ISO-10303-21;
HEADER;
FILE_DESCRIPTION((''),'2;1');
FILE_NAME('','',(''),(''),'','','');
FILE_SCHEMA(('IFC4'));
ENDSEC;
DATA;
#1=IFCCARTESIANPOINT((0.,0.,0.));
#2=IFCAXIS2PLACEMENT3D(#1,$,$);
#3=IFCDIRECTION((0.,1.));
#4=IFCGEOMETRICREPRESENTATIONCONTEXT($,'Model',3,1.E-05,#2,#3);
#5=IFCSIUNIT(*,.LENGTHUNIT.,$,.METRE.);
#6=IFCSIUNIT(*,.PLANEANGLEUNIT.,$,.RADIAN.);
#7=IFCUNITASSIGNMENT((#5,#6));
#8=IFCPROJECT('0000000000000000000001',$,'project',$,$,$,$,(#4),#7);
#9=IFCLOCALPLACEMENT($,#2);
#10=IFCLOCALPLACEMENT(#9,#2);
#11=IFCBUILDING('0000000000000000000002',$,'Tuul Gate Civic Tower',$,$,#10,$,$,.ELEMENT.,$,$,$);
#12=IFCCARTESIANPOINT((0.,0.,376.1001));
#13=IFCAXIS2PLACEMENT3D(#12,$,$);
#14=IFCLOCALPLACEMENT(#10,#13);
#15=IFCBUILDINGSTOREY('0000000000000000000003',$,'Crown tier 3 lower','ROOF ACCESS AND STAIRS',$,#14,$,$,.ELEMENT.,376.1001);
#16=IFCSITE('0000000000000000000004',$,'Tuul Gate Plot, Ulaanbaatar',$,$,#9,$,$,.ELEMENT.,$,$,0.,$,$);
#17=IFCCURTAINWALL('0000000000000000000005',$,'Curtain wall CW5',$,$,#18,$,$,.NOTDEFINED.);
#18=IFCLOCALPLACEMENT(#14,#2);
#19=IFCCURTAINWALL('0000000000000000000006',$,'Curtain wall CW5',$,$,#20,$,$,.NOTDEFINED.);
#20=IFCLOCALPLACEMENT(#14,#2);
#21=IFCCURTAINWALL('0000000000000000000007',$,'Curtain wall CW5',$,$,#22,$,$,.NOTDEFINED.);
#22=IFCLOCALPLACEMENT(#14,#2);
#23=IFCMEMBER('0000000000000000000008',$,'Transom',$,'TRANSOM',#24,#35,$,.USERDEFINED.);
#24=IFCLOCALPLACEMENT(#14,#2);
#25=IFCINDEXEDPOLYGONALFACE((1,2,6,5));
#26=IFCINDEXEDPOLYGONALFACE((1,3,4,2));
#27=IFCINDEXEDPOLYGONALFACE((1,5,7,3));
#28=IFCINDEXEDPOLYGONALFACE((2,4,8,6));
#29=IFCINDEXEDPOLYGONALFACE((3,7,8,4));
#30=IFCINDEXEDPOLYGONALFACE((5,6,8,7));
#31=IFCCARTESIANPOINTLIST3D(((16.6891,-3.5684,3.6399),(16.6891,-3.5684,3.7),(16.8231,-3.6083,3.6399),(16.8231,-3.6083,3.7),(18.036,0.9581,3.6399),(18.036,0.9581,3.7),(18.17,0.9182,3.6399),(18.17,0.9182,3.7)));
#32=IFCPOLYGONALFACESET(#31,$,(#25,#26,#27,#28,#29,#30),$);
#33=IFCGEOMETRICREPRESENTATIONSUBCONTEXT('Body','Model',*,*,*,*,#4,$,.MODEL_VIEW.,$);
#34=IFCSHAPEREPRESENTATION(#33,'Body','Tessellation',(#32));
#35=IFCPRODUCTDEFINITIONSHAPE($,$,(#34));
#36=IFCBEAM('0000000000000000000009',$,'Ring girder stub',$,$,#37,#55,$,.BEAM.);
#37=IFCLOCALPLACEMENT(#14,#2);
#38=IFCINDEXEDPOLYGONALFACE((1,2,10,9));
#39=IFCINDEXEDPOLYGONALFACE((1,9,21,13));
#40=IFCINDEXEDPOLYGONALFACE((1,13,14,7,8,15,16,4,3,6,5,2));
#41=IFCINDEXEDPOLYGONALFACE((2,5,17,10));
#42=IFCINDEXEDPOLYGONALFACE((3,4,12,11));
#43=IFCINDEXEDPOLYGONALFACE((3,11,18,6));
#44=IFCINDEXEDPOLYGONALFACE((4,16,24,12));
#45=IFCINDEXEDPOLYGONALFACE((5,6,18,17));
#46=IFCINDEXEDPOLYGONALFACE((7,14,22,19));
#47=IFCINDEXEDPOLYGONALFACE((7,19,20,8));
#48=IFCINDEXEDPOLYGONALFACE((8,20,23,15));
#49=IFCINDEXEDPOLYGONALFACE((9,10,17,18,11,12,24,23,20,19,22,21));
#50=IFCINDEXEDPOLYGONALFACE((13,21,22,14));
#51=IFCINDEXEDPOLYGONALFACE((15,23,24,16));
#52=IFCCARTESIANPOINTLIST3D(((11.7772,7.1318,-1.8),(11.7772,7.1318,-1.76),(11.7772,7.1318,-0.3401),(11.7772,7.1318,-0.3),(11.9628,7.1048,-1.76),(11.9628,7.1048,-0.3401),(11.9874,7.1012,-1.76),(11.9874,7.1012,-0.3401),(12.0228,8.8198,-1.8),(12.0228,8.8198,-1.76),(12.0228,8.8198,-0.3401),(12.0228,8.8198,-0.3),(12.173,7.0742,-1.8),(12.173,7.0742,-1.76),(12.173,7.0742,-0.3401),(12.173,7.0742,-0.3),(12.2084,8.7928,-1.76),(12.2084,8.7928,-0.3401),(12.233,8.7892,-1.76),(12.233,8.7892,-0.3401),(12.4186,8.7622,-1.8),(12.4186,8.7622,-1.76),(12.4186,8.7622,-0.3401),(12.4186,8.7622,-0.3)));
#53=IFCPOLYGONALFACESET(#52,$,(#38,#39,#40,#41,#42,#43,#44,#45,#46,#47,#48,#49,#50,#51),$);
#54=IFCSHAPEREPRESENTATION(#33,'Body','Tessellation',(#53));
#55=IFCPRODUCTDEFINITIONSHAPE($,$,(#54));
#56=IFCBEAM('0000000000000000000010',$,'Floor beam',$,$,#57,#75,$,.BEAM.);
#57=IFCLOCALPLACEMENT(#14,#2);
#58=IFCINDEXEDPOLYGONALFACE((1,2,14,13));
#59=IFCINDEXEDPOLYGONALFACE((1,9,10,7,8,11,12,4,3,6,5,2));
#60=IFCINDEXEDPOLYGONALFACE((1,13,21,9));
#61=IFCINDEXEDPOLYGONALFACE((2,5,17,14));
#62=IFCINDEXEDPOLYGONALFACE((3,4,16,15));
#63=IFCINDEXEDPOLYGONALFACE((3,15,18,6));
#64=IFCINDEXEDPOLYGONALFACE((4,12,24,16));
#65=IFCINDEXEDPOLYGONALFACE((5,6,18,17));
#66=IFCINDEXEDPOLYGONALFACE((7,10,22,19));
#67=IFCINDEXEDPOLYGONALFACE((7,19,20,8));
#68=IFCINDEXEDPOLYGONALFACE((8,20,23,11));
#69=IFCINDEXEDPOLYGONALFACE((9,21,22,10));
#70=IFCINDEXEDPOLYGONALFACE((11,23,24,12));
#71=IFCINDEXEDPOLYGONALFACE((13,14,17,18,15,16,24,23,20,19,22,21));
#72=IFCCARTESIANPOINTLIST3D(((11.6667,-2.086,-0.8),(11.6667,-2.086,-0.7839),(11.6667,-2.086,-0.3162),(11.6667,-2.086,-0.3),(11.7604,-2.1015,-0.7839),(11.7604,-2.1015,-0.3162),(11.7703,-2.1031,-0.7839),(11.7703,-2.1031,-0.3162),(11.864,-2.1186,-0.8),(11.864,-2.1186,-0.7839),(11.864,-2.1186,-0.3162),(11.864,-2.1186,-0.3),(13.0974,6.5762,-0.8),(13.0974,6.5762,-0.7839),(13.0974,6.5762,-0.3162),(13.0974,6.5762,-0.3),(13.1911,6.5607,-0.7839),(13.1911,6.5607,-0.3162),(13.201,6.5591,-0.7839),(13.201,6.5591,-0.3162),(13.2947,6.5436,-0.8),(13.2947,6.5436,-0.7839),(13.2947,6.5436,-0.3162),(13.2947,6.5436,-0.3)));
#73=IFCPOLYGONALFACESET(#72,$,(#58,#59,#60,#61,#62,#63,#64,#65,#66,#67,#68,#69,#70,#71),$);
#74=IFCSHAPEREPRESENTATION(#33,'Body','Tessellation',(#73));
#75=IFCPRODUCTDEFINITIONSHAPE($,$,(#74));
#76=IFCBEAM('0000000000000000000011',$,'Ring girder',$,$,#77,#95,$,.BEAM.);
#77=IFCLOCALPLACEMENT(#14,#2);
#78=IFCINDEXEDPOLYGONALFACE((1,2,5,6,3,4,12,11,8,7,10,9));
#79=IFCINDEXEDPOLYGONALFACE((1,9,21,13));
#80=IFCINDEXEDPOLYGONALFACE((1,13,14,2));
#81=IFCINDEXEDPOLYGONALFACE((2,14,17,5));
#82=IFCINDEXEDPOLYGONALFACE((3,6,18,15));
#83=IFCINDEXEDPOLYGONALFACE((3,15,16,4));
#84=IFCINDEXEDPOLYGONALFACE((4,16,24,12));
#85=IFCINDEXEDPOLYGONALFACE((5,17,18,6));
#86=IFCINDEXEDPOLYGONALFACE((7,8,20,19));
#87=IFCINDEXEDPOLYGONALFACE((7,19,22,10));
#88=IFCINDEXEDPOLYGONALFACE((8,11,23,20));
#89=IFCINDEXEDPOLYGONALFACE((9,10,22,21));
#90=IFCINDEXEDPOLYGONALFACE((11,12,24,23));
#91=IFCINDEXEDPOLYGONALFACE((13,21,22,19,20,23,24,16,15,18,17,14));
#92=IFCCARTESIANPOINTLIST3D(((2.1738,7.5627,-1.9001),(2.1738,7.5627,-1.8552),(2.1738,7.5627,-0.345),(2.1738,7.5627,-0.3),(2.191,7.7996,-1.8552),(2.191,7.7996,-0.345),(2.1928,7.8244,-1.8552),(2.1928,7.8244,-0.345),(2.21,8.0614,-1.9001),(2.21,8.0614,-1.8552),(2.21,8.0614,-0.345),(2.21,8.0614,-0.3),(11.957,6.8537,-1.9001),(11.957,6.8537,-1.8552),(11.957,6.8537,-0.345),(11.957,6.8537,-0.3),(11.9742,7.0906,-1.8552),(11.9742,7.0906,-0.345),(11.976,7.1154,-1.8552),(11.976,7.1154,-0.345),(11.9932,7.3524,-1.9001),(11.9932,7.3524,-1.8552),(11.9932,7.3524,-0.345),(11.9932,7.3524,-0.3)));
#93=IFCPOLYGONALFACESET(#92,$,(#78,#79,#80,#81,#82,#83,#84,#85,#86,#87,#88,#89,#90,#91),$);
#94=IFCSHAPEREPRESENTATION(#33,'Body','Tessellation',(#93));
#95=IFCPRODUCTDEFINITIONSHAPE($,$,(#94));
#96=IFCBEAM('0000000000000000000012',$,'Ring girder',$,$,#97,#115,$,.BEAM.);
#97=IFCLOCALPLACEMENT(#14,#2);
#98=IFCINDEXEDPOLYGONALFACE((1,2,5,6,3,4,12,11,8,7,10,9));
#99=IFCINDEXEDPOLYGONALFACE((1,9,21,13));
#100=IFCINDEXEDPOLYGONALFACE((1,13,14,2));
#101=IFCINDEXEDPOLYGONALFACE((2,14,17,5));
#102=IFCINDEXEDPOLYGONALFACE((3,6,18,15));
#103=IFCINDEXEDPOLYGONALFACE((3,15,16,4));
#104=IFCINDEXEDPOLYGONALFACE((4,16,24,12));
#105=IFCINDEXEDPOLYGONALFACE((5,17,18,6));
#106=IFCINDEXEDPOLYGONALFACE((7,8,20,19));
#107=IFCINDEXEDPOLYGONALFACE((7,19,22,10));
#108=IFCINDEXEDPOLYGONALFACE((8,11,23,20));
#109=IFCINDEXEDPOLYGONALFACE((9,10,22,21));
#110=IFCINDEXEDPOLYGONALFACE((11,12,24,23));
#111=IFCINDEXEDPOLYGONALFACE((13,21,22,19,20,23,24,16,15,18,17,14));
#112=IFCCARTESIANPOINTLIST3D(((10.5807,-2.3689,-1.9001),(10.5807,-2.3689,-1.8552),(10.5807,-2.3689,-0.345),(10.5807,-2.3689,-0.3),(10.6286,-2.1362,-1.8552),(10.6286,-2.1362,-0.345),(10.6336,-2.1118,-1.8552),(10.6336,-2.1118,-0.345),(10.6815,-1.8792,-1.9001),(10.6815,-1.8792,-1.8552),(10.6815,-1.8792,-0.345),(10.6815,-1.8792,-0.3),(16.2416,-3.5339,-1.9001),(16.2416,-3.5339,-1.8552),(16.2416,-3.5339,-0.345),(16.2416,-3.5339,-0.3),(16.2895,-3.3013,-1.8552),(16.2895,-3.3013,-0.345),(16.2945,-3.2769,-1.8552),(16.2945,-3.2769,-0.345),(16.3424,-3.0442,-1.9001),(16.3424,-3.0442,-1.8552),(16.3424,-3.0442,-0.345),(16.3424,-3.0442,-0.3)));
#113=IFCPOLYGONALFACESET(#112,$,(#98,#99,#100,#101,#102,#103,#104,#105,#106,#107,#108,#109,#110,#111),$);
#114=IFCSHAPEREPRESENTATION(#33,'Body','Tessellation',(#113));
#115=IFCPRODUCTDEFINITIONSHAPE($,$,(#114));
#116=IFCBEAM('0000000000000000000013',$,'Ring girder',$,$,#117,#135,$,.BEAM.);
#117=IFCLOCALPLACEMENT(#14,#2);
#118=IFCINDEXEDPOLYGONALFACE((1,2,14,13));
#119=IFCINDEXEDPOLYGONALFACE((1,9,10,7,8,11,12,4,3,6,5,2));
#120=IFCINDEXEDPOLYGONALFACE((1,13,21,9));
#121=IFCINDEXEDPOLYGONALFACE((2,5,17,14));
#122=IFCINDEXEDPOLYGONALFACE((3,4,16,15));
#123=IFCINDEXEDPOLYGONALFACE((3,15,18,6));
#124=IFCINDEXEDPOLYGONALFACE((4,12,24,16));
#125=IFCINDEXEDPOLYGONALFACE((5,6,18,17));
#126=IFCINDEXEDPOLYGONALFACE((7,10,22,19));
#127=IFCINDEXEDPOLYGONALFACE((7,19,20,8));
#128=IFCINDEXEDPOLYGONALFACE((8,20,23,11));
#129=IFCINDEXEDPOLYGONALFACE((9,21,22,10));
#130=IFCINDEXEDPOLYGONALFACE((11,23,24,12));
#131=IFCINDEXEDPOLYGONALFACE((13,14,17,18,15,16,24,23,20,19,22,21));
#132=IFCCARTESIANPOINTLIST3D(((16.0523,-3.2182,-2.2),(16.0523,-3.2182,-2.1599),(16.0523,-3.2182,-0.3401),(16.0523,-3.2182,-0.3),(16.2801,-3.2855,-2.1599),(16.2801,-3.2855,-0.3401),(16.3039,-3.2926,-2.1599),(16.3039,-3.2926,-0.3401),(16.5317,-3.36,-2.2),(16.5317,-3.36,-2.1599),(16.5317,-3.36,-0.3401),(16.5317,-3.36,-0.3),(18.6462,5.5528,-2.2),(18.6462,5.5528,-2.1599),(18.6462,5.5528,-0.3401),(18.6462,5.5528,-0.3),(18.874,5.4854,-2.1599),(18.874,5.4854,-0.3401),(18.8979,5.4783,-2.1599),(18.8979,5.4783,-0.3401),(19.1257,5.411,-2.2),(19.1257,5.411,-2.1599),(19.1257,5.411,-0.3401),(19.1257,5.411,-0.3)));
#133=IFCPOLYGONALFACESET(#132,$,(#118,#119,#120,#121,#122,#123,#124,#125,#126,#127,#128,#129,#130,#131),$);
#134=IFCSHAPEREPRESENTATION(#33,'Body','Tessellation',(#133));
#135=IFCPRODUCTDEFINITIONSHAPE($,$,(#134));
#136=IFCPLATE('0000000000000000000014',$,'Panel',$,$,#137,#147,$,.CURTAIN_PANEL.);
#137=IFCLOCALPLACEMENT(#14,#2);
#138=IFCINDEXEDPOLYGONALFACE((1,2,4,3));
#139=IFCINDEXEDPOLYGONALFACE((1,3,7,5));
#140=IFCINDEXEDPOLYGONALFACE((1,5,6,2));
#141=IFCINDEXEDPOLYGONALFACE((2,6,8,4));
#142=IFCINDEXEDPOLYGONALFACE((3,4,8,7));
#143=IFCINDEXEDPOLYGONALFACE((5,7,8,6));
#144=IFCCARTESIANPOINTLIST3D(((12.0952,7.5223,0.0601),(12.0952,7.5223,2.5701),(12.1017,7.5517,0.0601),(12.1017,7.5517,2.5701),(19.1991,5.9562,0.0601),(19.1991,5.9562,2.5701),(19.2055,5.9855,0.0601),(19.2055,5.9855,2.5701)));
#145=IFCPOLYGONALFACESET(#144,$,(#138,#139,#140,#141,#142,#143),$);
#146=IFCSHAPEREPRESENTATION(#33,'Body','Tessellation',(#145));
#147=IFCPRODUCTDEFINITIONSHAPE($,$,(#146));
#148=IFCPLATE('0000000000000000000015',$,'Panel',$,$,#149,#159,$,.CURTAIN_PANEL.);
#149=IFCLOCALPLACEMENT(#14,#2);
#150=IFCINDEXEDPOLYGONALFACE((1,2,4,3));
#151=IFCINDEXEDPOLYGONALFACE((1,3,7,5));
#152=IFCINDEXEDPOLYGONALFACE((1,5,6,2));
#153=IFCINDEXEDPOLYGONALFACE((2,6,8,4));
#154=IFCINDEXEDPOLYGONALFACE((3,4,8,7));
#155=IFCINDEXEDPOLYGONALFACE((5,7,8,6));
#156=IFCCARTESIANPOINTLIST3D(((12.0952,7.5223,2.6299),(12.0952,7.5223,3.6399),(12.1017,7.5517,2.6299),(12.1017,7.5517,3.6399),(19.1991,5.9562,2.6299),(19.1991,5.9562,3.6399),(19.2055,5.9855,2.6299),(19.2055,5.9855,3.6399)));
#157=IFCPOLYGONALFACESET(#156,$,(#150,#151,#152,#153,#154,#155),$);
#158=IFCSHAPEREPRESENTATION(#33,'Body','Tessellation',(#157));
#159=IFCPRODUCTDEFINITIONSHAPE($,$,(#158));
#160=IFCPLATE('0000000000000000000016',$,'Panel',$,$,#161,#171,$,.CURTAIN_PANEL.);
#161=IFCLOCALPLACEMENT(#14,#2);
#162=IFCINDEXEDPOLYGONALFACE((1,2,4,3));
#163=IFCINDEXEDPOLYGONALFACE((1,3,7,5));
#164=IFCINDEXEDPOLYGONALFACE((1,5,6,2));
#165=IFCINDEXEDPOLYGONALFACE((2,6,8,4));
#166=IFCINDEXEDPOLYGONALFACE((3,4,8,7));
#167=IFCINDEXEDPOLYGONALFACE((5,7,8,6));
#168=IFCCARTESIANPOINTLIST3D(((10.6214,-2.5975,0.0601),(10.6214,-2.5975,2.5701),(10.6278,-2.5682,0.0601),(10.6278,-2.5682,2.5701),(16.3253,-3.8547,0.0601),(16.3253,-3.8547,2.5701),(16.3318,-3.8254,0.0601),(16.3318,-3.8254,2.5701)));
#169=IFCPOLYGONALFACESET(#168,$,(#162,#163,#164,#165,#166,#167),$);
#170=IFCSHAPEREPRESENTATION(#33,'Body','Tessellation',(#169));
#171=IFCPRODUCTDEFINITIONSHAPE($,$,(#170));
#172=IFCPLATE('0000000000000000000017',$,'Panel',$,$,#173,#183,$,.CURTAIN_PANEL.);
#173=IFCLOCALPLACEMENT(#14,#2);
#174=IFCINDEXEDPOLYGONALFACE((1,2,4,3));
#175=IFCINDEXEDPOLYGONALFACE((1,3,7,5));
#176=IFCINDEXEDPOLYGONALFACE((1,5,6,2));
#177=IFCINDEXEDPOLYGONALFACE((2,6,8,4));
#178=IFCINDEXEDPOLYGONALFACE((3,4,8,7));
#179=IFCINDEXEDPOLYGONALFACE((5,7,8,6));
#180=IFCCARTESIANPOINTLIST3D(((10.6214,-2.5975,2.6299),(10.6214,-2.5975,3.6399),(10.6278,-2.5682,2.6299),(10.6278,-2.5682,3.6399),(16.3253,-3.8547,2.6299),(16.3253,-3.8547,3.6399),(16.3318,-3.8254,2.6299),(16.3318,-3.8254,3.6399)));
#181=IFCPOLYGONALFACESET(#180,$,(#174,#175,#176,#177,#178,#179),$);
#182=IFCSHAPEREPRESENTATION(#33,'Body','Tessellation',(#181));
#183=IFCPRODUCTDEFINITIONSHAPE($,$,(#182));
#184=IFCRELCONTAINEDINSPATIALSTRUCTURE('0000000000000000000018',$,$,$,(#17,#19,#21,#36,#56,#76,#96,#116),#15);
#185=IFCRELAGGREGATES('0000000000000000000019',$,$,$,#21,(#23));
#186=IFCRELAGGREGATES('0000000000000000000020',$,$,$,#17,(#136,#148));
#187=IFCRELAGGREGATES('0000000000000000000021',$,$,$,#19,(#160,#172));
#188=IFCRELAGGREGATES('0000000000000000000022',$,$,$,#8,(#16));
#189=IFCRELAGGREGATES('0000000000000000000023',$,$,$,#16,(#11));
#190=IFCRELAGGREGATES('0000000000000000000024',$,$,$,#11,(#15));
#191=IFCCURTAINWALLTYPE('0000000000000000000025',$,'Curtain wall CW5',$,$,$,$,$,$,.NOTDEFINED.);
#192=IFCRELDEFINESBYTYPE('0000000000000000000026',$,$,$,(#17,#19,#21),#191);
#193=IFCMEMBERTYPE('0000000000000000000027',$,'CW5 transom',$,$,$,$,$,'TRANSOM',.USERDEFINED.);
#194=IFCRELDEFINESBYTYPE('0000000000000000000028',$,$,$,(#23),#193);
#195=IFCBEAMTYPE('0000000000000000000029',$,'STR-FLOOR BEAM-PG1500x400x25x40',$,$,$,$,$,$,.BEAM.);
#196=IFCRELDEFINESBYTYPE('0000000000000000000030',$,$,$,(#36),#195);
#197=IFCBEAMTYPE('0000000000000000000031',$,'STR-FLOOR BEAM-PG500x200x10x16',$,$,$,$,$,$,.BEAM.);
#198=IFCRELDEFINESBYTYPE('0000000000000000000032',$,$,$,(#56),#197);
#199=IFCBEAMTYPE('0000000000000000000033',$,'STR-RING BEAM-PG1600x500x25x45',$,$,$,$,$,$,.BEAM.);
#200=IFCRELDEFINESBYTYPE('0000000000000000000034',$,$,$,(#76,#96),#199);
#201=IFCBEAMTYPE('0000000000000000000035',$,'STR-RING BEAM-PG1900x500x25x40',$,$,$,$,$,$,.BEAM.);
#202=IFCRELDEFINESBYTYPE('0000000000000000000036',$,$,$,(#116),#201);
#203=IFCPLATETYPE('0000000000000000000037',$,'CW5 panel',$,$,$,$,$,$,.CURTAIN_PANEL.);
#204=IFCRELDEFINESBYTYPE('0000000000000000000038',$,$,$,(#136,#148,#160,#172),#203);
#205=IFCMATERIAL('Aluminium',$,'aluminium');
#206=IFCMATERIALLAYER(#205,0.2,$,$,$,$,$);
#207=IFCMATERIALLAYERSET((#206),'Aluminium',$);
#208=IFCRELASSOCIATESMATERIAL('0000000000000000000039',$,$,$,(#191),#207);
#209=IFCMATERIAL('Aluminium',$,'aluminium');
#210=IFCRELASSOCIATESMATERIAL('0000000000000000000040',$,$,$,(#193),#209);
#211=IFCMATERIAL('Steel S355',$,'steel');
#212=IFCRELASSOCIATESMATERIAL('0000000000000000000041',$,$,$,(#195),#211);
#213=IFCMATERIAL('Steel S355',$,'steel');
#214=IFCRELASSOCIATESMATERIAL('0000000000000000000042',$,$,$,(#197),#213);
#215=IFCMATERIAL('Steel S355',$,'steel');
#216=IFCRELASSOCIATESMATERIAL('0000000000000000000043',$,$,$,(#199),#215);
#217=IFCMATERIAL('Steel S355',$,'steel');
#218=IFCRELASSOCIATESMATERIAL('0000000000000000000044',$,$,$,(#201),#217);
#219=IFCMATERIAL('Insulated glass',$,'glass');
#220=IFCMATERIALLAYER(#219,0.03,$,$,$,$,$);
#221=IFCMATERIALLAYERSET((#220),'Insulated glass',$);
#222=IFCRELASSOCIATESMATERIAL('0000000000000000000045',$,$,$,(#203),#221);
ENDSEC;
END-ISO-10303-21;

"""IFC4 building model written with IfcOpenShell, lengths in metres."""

from ifc_helpers import new_model, si_unit, direction, frame, origin, origin_2d, place, context, subcontext, project, spatial, rectangle, i_section, extrude, material, layer, layer_set, material_profile, profile_set, type_object, element, aggregate, save


model = new_model("IFC4")

# Units and contexts
model_context = context("Model", 3, precision=1e-05, world=origin(), true_north=direction((0.0, 1.0)))
body_context = subcontext(model_context, "Body", "Model", "MODEL_VIEW")
ifc_project = project(units=[si_unit("LENGTHUNIT", "METRE"), si_unit("PLANEANGLEUNIT", "RADIAN")], contexts=[model_context])

# Site, building, storey
site_placement = place(None, origin())
site = spatial("IfcSite", under=ifc_project, at=site_placement, Name="Tuul Gate Plot, Ulaanbaatar", CompositionType="ELEMENT", RefElevation=0.0)
building_placement = place(site_placement, origin())
building = spatial("IfcBuilding", under=site, at=building_placement, Name="Tuul Gate Civic Tower", CompositionType="ELEMENT")
storey_placement = place(building_placement, frame((0.0, 0.0, 376.1001)))
storey = spatial("IfcBuildingStorey", under=building, at=storey_placement, Name="Crown tier 3 lower", Description="ROOF ACCESS AND STAIRS", CompositionType="ELEMENT", Elevation=376.1001)

# Curtain walls
ifc_material_1 = material(Name="Aluminium", Category="aluminium")
ifc_layer_1 = layer(ifc_material_1, 0.2)
ifc_layer_set_1 = layer_set([ifc_layer_1], Name="Aluminium")
curtain_wall_type = type_object("IfcCurtainWallType", Name="Curtain wall CW5", PredefinedType="NOTDEFINED", material=ifc_layer_set_1)
curtain_wall_1_placement = place(storey_placement, origin())
curtain_wall_1 = element("IfcCurtainWall", 1, at=curtain_wall_1_placement, inside=storey, type_object=curtain_wall_type, Name="Curtain wall CW5", PredefinedType="NOTDEFINED")
curtain_wall_2_placement = place(storey_placement, origin())
curtain_wall_2 = element("IfcCurtainWall", 2, at=curtain_wall_2_placement, inside=storey, type_object=curtain_wall_type, Name="Curtain wall CW5", PredefinedType="NOTDEFINED")
curtain_wall_3_placement = place(storey_placement, origin())
curtain_wall_3 = element("IfcCurtainWall", 3, at=curtain_wall_3_placement, inside=storey, type_object=curtain_wall_type, Name="Curtain wall CW5", PredefinedType="NOTDEFINED")

# Member
ifc_material_2 = material(Name="Aluminium", Category="aluminium")
ifc_material_profile_1 = material_profile(ifc_material_2, rectangle(XDim=0.1399, YDim=0.0601, at=origin_2d()), Name="CW5 transom")
ifc_profile_set_1 = profile_set([ifc_material_profile_1], Name="Aluminium")
member_type_1 = type_object("IfcMemberType", Name="CW5 transom", ElementType="TRANSOM", PredefinedType="USERDEFINED", material=ifc_profile_set_1)
member_1_placement = place(storey_placement, frame((16.7561, -3.5884, 3.6699), z_axis=(0.285199, 0.958468, 0.0), x_axis=(-0.958468, 0.285199, 0.0)))
member_1 = element("IfcMember", 4, at=member_1_placement, type_object=member_type_1, Name="Transom", ObjectType="TRANSOM", PredefinedType="USERDEFINED", context=body_context, shape_type="SweptSolid", body=[
    extrude(rectangle(XDim=0.1399, YDim=0.0601, at=origin_2d()), origin(), (0.0, 0.0, 1.0), 4.7227),
])
aggregate(curtain_wall_3, [member_1])

# Beams
ifc_material_3 = material(Name="Steel S355", Category="steel")
ifc_material_profile_2 = material_profile(ifc_material_3, i_section(OverallWidth=0.3999, OverallDepth=1.5, WebThickness=0.0249, FlangeThickness=0.04, at=origin_2d()), Name="PG1500x400x25x40")
ifc_profile_set_2 = profile_set([ifc_material_profile_2], Name="Steel S355")
beam_type_1 = type_object("IfcBeamType", Name="STR-FLOOR BEAM-PG1500x400x25x40", PredefinedType="BEAM", material=ifc_profile_set_2)
beam_1_placement = place(storey_placement, frame((12.2207, 8.791, -1.05), z_axis=(-0.143986, -0.98958, 0.0), x_axis=(0.98958, -0.143986, 0.0)))
element("IfcBeam", 5, at=beam_1_placement, inside=storey, type_object=beam_type_1, Name="Ring girder stub", PredefinedType="BEAM", context=body_context, shape_type="SweptSolid", body=[
    extrude(i_section(OverallWidth=0.3999, OverallDepth=1.5, WebThickness=0.0249, FlangeThickness=0.04, at=origin_2d()), origin(), (0.0, 0.0, 1.0), 1.7058),
])
ifc_material_4 = material(Name="Steel S355", Category="steel")
ifc_material_profile_3 = material_profile(ifc_material_4, i_section(OverallWidth=0.2, OverallDepth=0.5, WebThickness=0.01, FlangeThickness=0.0161, at=origin_2d()), Name="PG500x200x10x16")
ifc_profile_set_3 = profile_set([ifc_material_profile_3], Name="Steel S355")
beam_type_2 = type_object("IfcBeamType", Name="STR-FLOOR BEAM-PG500x200x10x16", PredefinedType="BEAM", material=ifc_profile_set_3)
beam_2_placement = place(storey_placement, frame((11.7654, -2.1023, -0.55), z_axis=(0.162956, 0.986633, 0.0), x_axis=(-0.986633, 0.162956, 0.0)))
element("IfcBeam", 6, at=beam_2_placement, inside=storey, type_object=beam_type_2, Name="Floor beam", PredefinedType="BEAM", context=body_context, shape_type="SweptSolid", body=[
    extrude(i_section(OverallWidth=0.2, OverallDepth=0.5, WebThickness=0.01, FlangeThickness=0.0161, at=origin_2d()), origin(), (0.0, 0.0, 1.0), 8.7795),
])
ifc_material_5 = material(Name="Steel S355", Category="steel")
ifc_material_profile_4 = material_profile(ifc_material_5, i_section(OverallWidth=0.5, OverallDepth=1.6001, WebThickness=0.0249, FlangeThickness=0.0449, at=origin_2d()), Name="PG1600x500x25x45")
ifc_profile_set_4 = profile_set([ifc_material_profile_4], Name="Steel S355")
beam_type_3 = type_object("IfcBeamType", Name="STR-RING BEAM-PG1600x500x25x45", PredefinedType="BEAM", material=ifc_profile_set_4)
beam_3_placement = place(storey_placement, frame((11.9751, 7.103, -1.1001), z_axis=(-0.997384, 0.07228, 0.0), x_axis=(-0.07228, -0.997384, 0.0)))
element("IfcBeam", 7, at=beam_3_placement, inside=storey, type_object=beam_type_3, Name="Ring girder", PredefinedType="BEAM", context=body_context, shape_type="SweptSolid", body=[
    extrude(i_section(OverallWidth=0.5, OverallDepth=1.6001, WebThickness=0.0249, FlangeThickness=0.0449, at=origin_2d()), origin(), (0.0, 0.0, 1.0), 9.8088),
])
beam_4_placement = place(storey_placement, frame((10.6311, -2.124, -1.1001), z_axis=(0.979472, -0.20158, 0.0), x_axis=(0.20158, 0.979472, 0.0)))
element("IfcBeam", 8, at=beam_4_placement, inside=storey, type_object=beam_type_3, Name="Ring girder", PredefinedType="BEAM", context=body_context, shape_type="SweptSolid", body=[
    extrude(i_section(OverallWidth=0.5, OverallDepth=1.6001, WebThickness=0.0249, FlangeThickness=0.0449, at=origin_2d()), origin(), (0.0, 0.0, 1.0), 5.7795),
])
ifc_material_6 = material(Name="Steel S355", Category="steel")
ifc_material_profile_5 = material_profile(ifc_material_6, i_section(OverallWidth=0.5, OverallDepth=1.8999, WebThickness=0.0249, FlangeThickness=0.04, at=origin_2d()), Name="PG1900x500x25x40")
ifc_profile_set_5 = profile_set([ifc_material_profile_5], Name="Steel S355")
beam_type_4 = type_object("IfcBeamType", Name="STR-RING BEAM-PG1900x500x25x40", PredefinedType="BEAM", material=ifc_profile_set_5)
beam_5_placement = place(storey_placement, frame((16.292, -3.2891, -1.25), z_axis=(0.283604, 0.958942, 0.0), x_axis=(-0.958942, 0.283604, 0.0)))
element("IfcBeam", 9, at=beam_5_placement, inside=storey, type_object=beam_type_4, Name="Ring girder", PredefinedType="BEAM", context=body_context, shape_type="SweptSolid", body=[
    extrude(i_section(OverallWidth=0.5, OverallDepth=1.8999, WebThickness=0.0249, FlangeThickness=0.04, at=origin_2d()), origin(), (0.0, 0.0, 1.0), 9.1465),
])

# Plates
ifc_material_7 = material(Name="Insulated glass", Category="glass")
ifc_layer_2 = layer(ifc_material_7, 0.03)
ifc_layer_set_2 = layer_set([ifc_layer_2], Name="Insulated glass")
plate_type = type_object("IfcPlateType", Name="CW5 panel", PredefinedType="CURTAIN_PANEL", material=ifc_layer_set_2)
plate_1_placement = place(storey_placement, frame((15.6504, 6.7539, 0.0601), z_axis=(0.0, 0.0, 1.0), x_axis=(-0.976548, 0.215298, 0.0)))
plate_1 = element("IfcPlate", 10, at=plate_1_placement, type_object=plate_type, Name="Panel", PredefinedType="CURTAIN_PANEL", context=body_context, shape_type="SweptSolid", body=[
    extrude(rectangle(XDim=7.2744, YDim=0.03, at=origin_2d()), origin(), (0.0, 0.0, 1.0), 2.51),
])
plate_2_placement = place(storey_placement, frame((15.6504, 6.7539, 2.6299), z_axis=(0.0, 0.0, 1.0), x_axis=(-0.976548, 0.215298, 0.0)))
plate_2 = element("IfcPlate", 11, at=plate_2_placement, type_object=plate_type, Name="Panel", PredefinedType="CURTAIN_PANEL", context=body_context, shape_type="SweptSolid", body=[
    extrude(rectangle(XDim=7.2744, YDim=0.03, at=origin_2d()), origin(), (0.0, 0.0, 1.0), 1.01),
])
aggregate(curtain_wall_1, [plate_1, plate_2])
plate_3_placement = place(storey_placement, frame((13.4766, -3.2114, 0.0601), z_axis=(0.0, 0.0, 1.0), x_axis=(0.976561, -0.215243, 0.0)))
plate_3 = element("IfcPlate", 12, at=plate_3_placement, type_object=plate_type, Name="Panel", PredefinedType="CURTAIN_PANEL", context=body_context, shape_type="SweptSolid", body=[
    extrude(rectangle(XDim=5.8408, YDim=0.03, at=origin_2d()), origin(), (0.0, 0.0, 1.0), 2.51),
])
plate_4_placement = place(storey_placement, frame((13.4766, -3.2114, 2.6299), z_axis=(0.0, 0.0, 1.0), x_axis=(0.976561, -0.215243, 0.0)))
plate_4 = element("IfcPlate", 13, at=plate_4_placement, type_object=plate_type, Name="Panel", PredefinedType="CURTAIN_PANEL", context=body_context, shape_type="SweptSolid", body=[
    extrude(rectangle(XDim=5.8408, YDim=0.03, at=origin_2d()), origin(), (0.0, 0.0, 1.0), 1.01),
])
aggregate(curtain_wall_2, [plate_3, plate_4])

save(model, "model.ifc")
